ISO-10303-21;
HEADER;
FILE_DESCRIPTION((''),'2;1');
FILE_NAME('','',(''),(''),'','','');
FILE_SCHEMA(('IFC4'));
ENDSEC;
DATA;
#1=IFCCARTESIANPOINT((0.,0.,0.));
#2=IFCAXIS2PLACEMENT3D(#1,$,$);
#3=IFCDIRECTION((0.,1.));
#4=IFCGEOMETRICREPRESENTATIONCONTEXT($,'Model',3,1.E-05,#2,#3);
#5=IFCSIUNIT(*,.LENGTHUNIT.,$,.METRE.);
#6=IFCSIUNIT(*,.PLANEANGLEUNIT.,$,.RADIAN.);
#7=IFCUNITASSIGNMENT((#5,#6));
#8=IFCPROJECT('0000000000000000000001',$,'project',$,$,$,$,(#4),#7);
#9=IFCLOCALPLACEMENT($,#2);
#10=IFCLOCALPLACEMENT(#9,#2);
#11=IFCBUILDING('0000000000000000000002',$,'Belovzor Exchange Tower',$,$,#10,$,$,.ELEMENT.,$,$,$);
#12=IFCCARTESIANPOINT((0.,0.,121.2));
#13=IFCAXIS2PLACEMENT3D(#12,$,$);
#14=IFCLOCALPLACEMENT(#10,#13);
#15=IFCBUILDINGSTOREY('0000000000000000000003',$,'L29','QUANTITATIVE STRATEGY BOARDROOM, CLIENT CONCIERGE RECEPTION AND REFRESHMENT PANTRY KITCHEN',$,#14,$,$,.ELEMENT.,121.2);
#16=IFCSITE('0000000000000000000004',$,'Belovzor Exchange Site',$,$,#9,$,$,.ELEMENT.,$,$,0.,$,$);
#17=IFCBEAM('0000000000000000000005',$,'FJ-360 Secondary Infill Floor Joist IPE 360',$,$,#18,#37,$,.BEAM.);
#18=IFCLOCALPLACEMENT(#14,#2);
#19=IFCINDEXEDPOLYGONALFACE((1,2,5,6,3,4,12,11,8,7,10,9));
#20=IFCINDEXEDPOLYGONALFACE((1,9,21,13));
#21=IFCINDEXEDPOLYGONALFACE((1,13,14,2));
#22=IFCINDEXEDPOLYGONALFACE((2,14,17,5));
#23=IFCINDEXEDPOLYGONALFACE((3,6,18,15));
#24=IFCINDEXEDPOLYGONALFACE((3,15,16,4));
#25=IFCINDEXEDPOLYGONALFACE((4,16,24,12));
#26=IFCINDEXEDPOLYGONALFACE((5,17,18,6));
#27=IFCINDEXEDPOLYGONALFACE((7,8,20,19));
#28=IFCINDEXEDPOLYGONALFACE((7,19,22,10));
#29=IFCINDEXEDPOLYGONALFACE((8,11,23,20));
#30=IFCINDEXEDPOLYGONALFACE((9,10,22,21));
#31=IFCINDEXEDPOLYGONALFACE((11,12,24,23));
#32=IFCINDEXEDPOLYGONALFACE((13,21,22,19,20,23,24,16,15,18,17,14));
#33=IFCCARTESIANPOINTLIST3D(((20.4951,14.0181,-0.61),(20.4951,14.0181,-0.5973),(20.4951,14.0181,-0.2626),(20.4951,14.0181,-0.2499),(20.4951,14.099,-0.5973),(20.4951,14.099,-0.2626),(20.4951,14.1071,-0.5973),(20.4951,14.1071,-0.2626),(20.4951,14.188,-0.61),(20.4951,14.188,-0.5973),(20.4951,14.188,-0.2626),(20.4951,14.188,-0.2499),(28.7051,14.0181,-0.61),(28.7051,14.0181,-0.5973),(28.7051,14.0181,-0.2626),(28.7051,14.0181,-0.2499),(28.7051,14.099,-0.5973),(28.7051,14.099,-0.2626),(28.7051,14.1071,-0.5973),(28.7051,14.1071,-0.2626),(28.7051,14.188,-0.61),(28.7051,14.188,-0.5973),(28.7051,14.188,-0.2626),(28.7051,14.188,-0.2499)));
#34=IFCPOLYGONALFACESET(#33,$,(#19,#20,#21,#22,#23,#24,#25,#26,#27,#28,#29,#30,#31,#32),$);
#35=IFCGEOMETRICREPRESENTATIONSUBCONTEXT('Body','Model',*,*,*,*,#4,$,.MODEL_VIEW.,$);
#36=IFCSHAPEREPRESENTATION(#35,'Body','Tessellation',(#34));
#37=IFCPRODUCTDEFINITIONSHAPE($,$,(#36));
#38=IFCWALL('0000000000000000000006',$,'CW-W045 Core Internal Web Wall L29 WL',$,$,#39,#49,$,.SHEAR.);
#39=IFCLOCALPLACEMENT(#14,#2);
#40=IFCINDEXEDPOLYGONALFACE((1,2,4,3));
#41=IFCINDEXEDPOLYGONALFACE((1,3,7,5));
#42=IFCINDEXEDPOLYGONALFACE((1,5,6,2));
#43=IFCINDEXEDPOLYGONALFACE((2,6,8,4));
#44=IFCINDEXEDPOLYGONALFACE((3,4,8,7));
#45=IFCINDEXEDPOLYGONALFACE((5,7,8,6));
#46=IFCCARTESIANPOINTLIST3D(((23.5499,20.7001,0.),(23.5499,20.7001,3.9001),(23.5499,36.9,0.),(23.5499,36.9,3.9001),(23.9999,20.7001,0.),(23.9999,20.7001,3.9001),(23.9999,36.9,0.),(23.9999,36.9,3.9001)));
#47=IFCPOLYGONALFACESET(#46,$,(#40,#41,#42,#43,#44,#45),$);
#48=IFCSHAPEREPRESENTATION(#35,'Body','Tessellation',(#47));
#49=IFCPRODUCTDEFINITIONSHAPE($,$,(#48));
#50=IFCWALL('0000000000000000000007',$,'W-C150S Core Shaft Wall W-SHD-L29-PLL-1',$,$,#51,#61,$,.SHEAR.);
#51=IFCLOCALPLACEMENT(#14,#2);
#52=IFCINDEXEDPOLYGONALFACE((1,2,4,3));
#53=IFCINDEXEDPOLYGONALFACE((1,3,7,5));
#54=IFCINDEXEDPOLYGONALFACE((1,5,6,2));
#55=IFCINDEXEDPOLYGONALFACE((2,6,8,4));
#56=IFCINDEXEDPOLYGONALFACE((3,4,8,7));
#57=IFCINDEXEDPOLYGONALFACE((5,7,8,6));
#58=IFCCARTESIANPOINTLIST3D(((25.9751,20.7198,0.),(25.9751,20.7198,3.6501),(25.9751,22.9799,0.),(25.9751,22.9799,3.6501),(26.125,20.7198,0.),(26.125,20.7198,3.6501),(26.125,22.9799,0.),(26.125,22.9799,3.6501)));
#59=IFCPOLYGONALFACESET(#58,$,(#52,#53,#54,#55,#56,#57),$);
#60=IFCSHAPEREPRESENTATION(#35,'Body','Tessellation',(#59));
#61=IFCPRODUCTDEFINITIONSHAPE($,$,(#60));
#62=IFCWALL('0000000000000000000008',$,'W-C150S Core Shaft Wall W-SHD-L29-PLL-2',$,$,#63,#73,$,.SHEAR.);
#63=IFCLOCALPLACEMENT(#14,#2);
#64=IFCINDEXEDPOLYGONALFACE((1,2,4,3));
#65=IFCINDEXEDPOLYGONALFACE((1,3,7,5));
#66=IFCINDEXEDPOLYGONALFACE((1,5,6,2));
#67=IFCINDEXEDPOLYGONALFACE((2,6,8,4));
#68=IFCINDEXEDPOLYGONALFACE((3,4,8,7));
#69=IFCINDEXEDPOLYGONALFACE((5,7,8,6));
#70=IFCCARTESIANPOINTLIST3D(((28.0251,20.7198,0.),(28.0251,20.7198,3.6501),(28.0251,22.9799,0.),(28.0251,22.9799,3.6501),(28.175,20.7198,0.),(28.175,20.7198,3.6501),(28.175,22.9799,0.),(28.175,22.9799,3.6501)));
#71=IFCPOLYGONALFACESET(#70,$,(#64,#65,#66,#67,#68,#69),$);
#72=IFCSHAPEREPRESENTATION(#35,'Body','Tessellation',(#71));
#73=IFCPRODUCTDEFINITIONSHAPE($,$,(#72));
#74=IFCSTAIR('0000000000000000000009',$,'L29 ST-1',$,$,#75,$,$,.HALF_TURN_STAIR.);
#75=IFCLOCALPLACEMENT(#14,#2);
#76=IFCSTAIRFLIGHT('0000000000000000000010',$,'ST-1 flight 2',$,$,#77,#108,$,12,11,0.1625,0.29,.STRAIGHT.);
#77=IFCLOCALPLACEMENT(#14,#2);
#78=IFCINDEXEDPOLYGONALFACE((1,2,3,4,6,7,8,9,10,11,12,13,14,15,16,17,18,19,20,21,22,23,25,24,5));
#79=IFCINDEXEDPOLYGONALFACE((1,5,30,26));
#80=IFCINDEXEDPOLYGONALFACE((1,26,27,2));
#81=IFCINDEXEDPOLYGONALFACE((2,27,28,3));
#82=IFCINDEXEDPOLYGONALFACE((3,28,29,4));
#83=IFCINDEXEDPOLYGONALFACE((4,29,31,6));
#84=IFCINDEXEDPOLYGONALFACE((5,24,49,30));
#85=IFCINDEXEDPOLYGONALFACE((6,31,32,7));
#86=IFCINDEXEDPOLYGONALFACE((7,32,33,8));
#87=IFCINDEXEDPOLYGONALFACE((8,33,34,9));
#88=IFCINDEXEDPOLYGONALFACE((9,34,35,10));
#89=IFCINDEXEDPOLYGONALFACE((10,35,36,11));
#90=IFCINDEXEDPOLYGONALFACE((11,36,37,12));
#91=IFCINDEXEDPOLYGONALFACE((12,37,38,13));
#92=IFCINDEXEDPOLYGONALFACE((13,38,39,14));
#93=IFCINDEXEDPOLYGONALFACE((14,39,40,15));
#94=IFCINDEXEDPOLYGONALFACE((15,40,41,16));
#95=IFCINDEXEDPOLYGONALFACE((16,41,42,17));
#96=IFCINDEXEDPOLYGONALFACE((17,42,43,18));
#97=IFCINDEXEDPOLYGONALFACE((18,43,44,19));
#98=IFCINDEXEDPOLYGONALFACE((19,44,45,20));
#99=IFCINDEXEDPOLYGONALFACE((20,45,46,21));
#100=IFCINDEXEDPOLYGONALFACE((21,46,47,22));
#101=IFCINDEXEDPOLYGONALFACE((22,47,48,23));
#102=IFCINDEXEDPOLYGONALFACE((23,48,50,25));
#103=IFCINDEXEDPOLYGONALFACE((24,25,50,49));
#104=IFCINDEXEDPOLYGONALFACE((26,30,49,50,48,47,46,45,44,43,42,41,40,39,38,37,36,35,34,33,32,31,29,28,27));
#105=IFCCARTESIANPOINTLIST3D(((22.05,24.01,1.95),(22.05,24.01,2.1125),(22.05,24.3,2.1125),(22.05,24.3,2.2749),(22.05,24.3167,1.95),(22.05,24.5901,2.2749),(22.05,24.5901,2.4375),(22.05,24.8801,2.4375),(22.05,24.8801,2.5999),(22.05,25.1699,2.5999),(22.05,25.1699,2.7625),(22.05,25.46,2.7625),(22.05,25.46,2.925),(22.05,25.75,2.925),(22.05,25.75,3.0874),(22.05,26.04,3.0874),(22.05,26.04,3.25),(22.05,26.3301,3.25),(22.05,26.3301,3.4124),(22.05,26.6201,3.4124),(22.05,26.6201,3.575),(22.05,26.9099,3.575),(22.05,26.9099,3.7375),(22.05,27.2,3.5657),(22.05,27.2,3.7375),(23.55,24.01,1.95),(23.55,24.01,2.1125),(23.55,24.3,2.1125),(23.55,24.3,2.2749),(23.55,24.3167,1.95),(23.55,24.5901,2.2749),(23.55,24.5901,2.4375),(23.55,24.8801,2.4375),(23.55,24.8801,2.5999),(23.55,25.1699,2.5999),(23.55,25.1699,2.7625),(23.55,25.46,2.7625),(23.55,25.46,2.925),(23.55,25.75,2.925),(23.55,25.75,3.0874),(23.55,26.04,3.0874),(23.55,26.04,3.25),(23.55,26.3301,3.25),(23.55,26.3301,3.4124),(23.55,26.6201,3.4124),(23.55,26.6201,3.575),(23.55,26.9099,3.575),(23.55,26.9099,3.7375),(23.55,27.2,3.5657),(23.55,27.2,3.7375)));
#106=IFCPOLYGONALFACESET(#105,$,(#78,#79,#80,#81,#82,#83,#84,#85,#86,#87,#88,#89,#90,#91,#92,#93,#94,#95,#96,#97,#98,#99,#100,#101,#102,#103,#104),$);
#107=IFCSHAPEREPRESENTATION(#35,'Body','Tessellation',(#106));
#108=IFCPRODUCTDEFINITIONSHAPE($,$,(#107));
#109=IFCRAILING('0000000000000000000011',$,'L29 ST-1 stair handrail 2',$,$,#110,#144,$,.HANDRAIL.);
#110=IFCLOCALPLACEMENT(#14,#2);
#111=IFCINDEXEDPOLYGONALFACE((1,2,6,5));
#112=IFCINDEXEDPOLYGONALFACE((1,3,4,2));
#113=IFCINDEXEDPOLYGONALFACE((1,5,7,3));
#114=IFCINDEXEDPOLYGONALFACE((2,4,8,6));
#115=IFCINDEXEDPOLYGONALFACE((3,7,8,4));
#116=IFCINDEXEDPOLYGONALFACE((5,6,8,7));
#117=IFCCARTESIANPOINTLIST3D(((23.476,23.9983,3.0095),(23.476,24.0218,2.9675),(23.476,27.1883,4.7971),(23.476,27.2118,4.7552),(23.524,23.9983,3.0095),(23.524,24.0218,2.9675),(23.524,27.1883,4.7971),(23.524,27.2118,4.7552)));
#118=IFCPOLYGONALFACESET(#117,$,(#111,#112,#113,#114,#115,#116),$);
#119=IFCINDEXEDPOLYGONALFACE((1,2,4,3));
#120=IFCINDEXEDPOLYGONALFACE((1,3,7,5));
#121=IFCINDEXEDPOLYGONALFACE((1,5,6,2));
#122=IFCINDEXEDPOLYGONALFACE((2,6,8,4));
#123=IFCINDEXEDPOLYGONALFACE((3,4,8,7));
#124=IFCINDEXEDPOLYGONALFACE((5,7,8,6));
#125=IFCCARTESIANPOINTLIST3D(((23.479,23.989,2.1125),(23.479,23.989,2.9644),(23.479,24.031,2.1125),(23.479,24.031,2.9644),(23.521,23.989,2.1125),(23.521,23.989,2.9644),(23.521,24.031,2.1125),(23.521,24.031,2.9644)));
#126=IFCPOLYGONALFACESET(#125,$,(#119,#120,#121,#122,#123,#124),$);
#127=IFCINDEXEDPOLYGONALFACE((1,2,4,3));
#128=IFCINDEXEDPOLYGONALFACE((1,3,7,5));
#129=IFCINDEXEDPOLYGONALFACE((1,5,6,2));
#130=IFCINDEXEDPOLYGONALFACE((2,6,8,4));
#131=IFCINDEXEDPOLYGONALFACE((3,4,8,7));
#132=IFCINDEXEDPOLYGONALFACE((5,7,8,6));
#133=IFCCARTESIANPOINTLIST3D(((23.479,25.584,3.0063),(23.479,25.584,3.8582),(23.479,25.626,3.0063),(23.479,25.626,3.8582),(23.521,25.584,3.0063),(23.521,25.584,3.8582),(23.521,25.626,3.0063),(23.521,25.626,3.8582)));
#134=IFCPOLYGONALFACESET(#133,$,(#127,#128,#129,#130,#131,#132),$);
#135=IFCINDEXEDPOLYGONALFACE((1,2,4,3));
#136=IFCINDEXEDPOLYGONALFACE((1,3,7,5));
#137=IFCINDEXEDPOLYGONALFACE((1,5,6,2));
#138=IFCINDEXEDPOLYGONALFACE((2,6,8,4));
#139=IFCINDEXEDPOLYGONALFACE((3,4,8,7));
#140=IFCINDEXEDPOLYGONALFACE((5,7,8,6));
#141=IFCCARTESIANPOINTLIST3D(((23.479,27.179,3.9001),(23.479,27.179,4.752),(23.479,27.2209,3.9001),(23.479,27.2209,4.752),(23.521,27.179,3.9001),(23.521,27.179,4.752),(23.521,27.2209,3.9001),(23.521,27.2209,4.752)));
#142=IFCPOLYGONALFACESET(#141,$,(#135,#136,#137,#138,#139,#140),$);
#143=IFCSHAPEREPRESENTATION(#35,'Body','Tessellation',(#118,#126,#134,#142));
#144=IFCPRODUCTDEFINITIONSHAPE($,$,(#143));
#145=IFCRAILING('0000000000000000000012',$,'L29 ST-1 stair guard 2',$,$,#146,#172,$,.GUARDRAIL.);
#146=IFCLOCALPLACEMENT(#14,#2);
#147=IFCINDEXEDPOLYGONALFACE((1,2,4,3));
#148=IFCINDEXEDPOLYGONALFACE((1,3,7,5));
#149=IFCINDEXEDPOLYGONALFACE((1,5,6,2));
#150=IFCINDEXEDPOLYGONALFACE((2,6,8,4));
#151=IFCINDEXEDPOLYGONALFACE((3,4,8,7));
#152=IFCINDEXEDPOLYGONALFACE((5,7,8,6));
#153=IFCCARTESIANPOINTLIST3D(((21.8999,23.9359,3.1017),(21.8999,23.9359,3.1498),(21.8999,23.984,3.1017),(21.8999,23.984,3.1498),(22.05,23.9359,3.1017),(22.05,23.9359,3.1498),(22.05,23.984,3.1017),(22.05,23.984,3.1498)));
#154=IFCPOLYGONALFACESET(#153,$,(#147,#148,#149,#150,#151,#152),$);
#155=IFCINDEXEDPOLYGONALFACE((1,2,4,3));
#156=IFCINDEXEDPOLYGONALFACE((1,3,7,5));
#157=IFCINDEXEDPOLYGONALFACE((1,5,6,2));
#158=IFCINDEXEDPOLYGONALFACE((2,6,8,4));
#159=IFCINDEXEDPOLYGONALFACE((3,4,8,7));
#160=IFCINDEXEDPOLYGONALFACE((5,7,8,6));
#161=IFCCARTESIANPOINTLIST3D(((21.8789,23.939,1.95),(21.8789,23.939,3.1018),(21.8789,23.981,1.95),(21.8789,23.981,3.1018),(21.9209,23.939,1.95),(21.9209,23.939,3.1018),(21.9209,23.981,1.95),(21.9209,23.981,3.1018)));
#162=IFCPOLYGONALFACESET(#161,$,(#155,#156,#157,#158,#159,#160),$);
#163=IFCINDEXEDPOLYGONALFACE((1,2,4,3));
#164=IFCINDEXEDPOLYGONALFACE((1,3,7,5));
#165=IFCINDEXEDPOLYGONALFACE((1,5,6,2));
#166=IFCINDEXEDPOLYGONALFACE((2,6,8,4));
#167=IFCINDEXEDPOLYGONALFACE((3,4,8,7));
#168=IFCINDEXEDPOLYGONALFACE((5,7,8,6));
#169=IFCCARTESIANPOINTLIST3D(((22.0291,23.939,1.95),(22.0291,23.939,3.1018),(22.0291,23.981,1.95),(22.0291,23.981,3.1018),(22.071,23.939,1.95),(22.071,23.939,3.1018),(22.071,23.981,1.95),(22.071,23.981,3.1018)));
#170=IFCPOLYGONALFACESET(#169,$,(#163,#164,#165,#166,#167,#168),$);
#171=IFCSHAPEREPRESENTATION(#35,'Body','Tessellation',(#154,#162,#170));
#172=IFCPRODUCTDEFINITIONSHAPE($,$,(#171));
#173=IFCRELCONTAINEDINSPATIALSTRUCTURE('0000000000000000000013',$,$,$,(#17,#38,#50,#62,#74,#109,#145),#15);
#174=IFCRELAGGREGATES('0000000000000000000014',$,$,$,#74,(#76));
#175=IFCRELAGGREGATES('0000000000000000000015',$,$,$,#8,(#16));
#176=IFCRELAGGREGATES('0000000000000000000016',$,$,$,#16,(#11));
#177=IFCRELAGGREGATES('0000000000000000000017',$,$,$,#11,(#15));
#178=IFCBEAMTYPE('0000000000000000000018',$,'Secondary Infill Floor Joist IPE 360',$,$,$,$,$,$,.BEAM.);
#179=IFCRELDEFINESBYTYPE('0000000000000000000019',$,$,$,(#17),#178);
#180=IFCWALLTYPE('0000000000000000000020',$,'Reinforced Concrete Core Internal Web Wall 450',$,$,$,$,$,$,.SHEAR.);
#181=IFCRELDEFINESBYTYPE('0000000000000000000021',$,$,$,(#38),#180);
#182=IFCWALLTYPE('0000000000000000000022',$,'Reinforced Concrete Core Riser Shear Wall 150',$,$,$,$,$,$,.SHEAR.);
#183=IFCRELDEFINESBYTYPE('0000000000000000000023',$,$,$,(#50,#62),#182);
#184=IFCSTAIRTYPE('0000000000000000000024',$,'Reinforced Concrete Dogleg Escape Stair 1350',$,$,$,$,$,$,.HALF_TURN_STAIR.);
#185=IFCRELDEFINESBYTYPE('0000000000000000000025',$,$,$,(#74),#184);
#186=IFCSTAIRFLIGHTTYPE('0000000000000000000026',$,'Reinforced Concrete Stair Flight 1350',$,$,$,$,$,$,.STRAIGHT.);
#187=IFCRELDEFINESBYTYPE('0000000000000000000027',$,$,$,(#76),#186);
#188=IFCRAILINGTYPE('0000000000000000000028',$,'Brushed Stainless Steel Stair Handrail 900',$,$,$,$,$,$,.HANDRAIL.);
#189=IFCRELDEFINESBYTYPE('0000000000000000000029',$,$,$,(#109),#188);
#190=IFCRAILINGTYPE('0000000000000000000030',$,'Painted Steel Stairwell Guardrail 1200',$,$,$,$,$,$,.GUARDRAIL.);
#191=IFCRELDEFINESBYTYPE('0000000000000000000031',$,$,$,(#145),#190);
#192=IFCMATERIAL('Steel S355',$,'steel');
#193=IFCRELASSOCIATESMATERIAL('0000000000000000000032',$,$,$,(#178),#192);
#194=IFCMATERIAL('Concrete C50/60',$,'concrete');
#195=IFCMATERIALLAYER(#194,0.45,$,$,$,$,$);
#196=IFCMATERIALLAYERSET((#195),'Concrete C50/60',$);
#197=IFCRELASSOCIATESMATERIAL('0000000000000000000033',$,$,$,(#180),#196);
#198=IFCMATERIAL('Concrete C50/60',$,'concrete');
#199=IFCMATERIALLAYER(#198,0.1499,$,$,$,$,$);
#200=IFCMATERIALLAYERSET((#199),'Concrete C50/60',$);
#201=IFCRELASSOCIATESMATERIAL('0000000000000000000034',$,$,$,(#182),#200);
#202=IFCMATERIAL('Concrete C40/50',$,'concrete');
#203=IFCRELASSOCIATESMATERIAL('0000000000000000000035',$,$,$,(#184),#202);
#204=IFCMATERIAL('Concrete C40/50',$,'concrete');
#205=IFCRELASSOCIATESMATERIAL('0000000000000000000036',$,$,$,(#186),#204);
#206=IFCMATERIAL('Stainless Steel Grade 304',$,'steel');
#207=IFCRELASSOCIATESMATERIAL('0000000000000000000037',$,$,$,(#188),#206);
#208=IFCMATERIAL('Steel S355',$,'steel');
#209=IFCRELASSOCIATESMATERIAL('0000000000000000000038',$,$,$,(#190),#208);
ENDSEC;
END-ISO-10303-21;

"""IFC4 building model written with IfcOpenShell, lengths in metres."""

from ifc_helpers import new_model, si_unit, direction, frame, frame_2d, origin, origin_2d, place, context, subcontext, project, spatial, polyline, rectangle, i_section, outline, extrude, material, layer, layer_set, material_profile, profile_set, type_object, element, aggregate, save


model = new_model("IFC4")

# Units and contexts
model_context = context("Model", 3, precision=1e-05, world=origin(), true_north=direction((0.0, 1.0)))
body_context = subcontext(model_context, "Body", "Model", "MODEL_VIEW")
ifc_project = project(units=[si_unit("LENGTHUNIT", "METRE"), si_unit("PLANEANGLEUNIT", "RADIAN")], contexts=[model_context])

# Site, building, storey
site_placement = place(None, origin())
site = spatial("IfcSite", under=ifc_project, at=site_placement, Name="Belovzor Exchange Site", CompositionType="ELEMENT", RefElevation=0.0)
building_placement = place(site_placement, origin())
building = spatial("IfcBuilding", under=site, at=building_placement, Name="Belovzor Exchange Tower", CompositionType="ELEMENT")
storey_placement = place(building_placement, frame((0.0, 0.0, 121.2)))
storey = spatial("IfcBuildingStorey", under=building, at=storey_placement, Name="L29", Description="QUANTITATIVE STRATEGY BOARDROOM, CLIENT CONCIERGE RECEPTION AND REFRESHMENT PANTRY KITCHEN", CompositionType="ELEMENT", Elevation=121.2)

# Beam
ifc_material_1 = material(Name="Steel S355", Category="steel")
ifc_material_profile = material_profile(ifc_material_1, i_section(OverallWidth=0.1699, OverallDepth=0.3601, WebThickness=0.0081, FlangeThickness=0.0127, at=origin_2d()))
ifc_profile_set = profile_set([ifc_material_profile], Name="Steel S355")
beam_type = type_object("IfcBeamType", Name="Secondary Infill Floor Joist IPE 360", PredefinedType="BEAM", material=ifc_profile_set)
beam_placement = place(storey_placement, frame((20.4951, 14.103, -0.4299), z_axis=(1.0, 0.0, 0.0), x_axis=(0.0, 1.0, 0.0)))
element("IfcBeam", 1, at=beam_placement, inside=storey, type_object=beam_type, Name="FJ-360 Secondary Infill Floor Joist IPE 360", PredefinedType="BEAM", context=body_context, shape_type="SweptSolid", body=[
    extrude(i_section(OverallWidth=0.1699, OverallDepth=0.3601, WebThickness=0.0081, FlangeThickness=0.0127, at=origin_2d()), origin(), (0.0, 0.0, 1.0), 8.21),
])

# Walls
ifc_material_2 = material(Name="Concrete C50/60", Category="concrete")
ifc_layer_1 = layer(ifc_material_2, 0.45)
ifc_layer_set_1 = layer_set([ifc_layer_1], Name="Concrete C50/60")
wall_type_1 = type_object("IfcWallType", Name="Reinforced Concrete Core Internal Web Wall 450", PredefinedType="SHEAR", material=ifc_layer_set_1)
wall_1_placement = place(storey_placement, frame((23.7749, 20.7, 0.0), z_axis=(0.0, 0.0, 1.0), x_axis=(0.0, 1.0, 0.0)))
element("IfcWall", 2, at=wall_1_placement, inside=storey, type_object=wall_type_1, Name="CW-W045 Core Internal Web Wall L29 WL", PredefinedType="SHEAR", context=body_context, shape_type="SweptSolid", body=[
    extrude(rectangle(XDim=16.2, YDim=0.45, at=frame_2d((8.1001, 0.0))), origin(), (0.0, 0.0, 1.0), 3.9001),
])
ifc_material_3 = material(Name="Concrete C50/60", Category="concrete")
ifc_layer_2 = layer(ifc_material_3, 0.1499)
ifc_layer_set_2 = layer_set([ifc_layer_2], Name="Concrete C50/60")
wall_type_2 = type_object("IfcWallType", Name="Reinforced Concrete Core Riser Shear Wall 150", PredefinedType="SHEAR", material=ifc_layer_set_2)
for number, where, z_axis, x_axis, name in (
    (3, (26.05, 20.72, 0.0), (0.0, 0.0, 1.0), (0.0, 1.0, 0.0), "W-C150S Core Shaft Wall W-SHD-L29-PLL-1"),
    (4, (28.1001, 20.72, 0.0), (0.0, 0.0, 1.0), (0.0, 1.0, 0.0), "W-C150S Core Shaft Wall W-SHD-L29-PLL-2"),
):
    element("IfcWall", number, at=place(storey_placement, frame(where, z_axis=z_axis, x_axis=x_axis)), inside=storey, type_object=wall_type_2, Name=name, PredefinedType="SHEAR", context=body_context, shape_type="SweptSolid", body=[
        extrude(rectangle(XDim=2.26, YDim=0.1499, at=frame_2d((1.1299, 0.0))), origin(), (0.0, 0.0, 1.0), 3.6501),
    ])

# Stair, stair flight
ifc_material_4 = material(Name="Concrete C40/50", Category="concrete")
stair_type = type_object("IfcStairType", Name="Reinforced Concrete Dogleg Escape Stair 1350", PredefinedType="HALF_TURN_STAIR", material=ifc_material_4)
stair_placement = place(storey_placement, origin())
stair = element("IfcStair", 5, at=stair_placement, inside=storey, type_object=stair_type, Name="L29 ST-1", PredefinedType="HALF_TURN_STAIR")
ifc_material_5 = material(Name="Concrete C40/50", Category="concrete")
stair_flight_type = type_object("IfcStairFlightType", Name="Reinforced Concrete Stair Flight 1350", PredefinedType="STRAIGHT", material=ifc_material_5)
stair_flight_placement = place(storey_placement, frame((22.8, 24.01, 1.95), z_axis=(0.0, 0.0, 1.0), x_axis=(0.0, 1.0, 0.0)))
stair_flight = element("IfcStairFlight", 6, at=stair_flight_placement, type_object=stair_flight_type, Name="ST-1 flight 2", NumberOfRisers=12, NumberOfTreads=11, PredefinedType="STRAIGHT", RiserHeight=0.1625, TreadLength=0.29, context=body_context, shape_type="SweptSolid", body=[
    extrude(outline(polyline([(0.0, 0.0), (0.0, 0.1626), (0.29, 0.1626), (0.29, 0.325), (0.5801, 0.325), (0.5801, 0.4875), (0.8701, 0.4875), (0.8701, 0.6499), (1.1599, 0.6499), (1.1599, 0.8125), (1.45, 0.8125), (1.45, 0.9751), (1.74, 0.9751), (1.74, 1.1375), (2.03, 1.1375), (2.03, 1.3), (2.3201, 1.3), (2.3201, 1.4624), (2.6101, 1.4624), (2.6101, 1.625), (2.8999, 1.625), (2.8999, 1.7876), (3.1899, 1.7876), (3.1899, 1.95), (3.1899, 1.6157), (0.3066, 0.0), (0.0, 0.0)])), frame((0.0, 0.75, 0.0), z_axis=(0.0, -1.0, 0.0), x_axis=(1.0, 0.0, 0.0)), (0.0, 0.0, 1.0), 1.5),
])
aggregate(stair, [stair_flight])

# Railings
ifc_material_6 = material(Name="Stainless Steel Grade 304", Category="steel")
railing_type_1 = type_object("IfcRailingType", Name="Brushed Stainless Steel Stair Handrail 900", PredefinedType="HANDRAIL", material=ifc_material_6)
railing_1_placement = place(storey_placement, frame((23.5, 24.01, 2.1125)))
element("IfcRailing", 7, at=railing_1_placement, inside=storey, type_object=railing_type_1, Name="L29 ST-1 stair handrail 2", PredefinedType="HANDRAIL", context=body_context, shape_type="SweptSolid", body=[
    extrude(rectangle(XDim=0.0481, YDim=0.0481, at=origin_2d()), frame((0.0, 0.0, 0.876), z_axis=(0.0, 0.872363, 0.48886), x_axis=(-1.0, 0.0, 0.0)), (0.0, 0.0, 1.0), 3.6567),
    extrude(rectangle(XDim=0.042, YDim=0.042, at=origin_2d()), origin(), (0.0, 0.0, 1.0), 0.8518),
    extrude(rectangle(XDim=0.042, YDim=0.042, at=origin_2d()), frame((0.0, 1.595, 0.8938)), (0.0, 0.0, 1.0), 0.8518),
    extrude(rectangle(XDim=0.042, YDim=0.042, at=origin_2d()), frame((0.0, 3.1899, 1.7876)), (0.0, 0.0, 1.0), 0.8518),
])
ifc_material_7 = material(Name="Steel S355", Category="steel")
railing_type_2 = type_object("IfcRailingType", Name="Painted Steel Stairwell Guardrail 1200", PredefinedType="GUARDRAIL", material=ifc_material_7)
railing_2_placement = place(storey_placement, frame((21.8999, 23.96, 1.95)))
element("IfcRailing", 8, at=railing_2_placement, inside=storey, type_object=railing_type_2, Name="L29 ST-1 stair guard 2", PredefinedType="GUARDRAIL", context=body_context, shape_type="SweptSolid", body=[
    extrude(rectangle(XDim=0.0481, YDim=0.0481, at=origin_2d()), frame((0.0, 0.0, 1.1758), z_axis=(1.0, 0.0, 0.0), x_axis=(0.0, 1.0, 0.0)), (0.0, 0.0, 1.0), 0.1501),
    extrude(rectangle(XDim=0.042, YDim=0.042, at=origin_2d()), origin(), (0.0, 0.0, 1.0), 1.1519),
    extrude(rectangle(XDim=0.042, YDim=0.042, at=origin_2d()), frame((0.1501, 0.0, 0.0)), (0.0, 0.0, 1.0), 1.1519),
])

save(model, "model.ifc")
